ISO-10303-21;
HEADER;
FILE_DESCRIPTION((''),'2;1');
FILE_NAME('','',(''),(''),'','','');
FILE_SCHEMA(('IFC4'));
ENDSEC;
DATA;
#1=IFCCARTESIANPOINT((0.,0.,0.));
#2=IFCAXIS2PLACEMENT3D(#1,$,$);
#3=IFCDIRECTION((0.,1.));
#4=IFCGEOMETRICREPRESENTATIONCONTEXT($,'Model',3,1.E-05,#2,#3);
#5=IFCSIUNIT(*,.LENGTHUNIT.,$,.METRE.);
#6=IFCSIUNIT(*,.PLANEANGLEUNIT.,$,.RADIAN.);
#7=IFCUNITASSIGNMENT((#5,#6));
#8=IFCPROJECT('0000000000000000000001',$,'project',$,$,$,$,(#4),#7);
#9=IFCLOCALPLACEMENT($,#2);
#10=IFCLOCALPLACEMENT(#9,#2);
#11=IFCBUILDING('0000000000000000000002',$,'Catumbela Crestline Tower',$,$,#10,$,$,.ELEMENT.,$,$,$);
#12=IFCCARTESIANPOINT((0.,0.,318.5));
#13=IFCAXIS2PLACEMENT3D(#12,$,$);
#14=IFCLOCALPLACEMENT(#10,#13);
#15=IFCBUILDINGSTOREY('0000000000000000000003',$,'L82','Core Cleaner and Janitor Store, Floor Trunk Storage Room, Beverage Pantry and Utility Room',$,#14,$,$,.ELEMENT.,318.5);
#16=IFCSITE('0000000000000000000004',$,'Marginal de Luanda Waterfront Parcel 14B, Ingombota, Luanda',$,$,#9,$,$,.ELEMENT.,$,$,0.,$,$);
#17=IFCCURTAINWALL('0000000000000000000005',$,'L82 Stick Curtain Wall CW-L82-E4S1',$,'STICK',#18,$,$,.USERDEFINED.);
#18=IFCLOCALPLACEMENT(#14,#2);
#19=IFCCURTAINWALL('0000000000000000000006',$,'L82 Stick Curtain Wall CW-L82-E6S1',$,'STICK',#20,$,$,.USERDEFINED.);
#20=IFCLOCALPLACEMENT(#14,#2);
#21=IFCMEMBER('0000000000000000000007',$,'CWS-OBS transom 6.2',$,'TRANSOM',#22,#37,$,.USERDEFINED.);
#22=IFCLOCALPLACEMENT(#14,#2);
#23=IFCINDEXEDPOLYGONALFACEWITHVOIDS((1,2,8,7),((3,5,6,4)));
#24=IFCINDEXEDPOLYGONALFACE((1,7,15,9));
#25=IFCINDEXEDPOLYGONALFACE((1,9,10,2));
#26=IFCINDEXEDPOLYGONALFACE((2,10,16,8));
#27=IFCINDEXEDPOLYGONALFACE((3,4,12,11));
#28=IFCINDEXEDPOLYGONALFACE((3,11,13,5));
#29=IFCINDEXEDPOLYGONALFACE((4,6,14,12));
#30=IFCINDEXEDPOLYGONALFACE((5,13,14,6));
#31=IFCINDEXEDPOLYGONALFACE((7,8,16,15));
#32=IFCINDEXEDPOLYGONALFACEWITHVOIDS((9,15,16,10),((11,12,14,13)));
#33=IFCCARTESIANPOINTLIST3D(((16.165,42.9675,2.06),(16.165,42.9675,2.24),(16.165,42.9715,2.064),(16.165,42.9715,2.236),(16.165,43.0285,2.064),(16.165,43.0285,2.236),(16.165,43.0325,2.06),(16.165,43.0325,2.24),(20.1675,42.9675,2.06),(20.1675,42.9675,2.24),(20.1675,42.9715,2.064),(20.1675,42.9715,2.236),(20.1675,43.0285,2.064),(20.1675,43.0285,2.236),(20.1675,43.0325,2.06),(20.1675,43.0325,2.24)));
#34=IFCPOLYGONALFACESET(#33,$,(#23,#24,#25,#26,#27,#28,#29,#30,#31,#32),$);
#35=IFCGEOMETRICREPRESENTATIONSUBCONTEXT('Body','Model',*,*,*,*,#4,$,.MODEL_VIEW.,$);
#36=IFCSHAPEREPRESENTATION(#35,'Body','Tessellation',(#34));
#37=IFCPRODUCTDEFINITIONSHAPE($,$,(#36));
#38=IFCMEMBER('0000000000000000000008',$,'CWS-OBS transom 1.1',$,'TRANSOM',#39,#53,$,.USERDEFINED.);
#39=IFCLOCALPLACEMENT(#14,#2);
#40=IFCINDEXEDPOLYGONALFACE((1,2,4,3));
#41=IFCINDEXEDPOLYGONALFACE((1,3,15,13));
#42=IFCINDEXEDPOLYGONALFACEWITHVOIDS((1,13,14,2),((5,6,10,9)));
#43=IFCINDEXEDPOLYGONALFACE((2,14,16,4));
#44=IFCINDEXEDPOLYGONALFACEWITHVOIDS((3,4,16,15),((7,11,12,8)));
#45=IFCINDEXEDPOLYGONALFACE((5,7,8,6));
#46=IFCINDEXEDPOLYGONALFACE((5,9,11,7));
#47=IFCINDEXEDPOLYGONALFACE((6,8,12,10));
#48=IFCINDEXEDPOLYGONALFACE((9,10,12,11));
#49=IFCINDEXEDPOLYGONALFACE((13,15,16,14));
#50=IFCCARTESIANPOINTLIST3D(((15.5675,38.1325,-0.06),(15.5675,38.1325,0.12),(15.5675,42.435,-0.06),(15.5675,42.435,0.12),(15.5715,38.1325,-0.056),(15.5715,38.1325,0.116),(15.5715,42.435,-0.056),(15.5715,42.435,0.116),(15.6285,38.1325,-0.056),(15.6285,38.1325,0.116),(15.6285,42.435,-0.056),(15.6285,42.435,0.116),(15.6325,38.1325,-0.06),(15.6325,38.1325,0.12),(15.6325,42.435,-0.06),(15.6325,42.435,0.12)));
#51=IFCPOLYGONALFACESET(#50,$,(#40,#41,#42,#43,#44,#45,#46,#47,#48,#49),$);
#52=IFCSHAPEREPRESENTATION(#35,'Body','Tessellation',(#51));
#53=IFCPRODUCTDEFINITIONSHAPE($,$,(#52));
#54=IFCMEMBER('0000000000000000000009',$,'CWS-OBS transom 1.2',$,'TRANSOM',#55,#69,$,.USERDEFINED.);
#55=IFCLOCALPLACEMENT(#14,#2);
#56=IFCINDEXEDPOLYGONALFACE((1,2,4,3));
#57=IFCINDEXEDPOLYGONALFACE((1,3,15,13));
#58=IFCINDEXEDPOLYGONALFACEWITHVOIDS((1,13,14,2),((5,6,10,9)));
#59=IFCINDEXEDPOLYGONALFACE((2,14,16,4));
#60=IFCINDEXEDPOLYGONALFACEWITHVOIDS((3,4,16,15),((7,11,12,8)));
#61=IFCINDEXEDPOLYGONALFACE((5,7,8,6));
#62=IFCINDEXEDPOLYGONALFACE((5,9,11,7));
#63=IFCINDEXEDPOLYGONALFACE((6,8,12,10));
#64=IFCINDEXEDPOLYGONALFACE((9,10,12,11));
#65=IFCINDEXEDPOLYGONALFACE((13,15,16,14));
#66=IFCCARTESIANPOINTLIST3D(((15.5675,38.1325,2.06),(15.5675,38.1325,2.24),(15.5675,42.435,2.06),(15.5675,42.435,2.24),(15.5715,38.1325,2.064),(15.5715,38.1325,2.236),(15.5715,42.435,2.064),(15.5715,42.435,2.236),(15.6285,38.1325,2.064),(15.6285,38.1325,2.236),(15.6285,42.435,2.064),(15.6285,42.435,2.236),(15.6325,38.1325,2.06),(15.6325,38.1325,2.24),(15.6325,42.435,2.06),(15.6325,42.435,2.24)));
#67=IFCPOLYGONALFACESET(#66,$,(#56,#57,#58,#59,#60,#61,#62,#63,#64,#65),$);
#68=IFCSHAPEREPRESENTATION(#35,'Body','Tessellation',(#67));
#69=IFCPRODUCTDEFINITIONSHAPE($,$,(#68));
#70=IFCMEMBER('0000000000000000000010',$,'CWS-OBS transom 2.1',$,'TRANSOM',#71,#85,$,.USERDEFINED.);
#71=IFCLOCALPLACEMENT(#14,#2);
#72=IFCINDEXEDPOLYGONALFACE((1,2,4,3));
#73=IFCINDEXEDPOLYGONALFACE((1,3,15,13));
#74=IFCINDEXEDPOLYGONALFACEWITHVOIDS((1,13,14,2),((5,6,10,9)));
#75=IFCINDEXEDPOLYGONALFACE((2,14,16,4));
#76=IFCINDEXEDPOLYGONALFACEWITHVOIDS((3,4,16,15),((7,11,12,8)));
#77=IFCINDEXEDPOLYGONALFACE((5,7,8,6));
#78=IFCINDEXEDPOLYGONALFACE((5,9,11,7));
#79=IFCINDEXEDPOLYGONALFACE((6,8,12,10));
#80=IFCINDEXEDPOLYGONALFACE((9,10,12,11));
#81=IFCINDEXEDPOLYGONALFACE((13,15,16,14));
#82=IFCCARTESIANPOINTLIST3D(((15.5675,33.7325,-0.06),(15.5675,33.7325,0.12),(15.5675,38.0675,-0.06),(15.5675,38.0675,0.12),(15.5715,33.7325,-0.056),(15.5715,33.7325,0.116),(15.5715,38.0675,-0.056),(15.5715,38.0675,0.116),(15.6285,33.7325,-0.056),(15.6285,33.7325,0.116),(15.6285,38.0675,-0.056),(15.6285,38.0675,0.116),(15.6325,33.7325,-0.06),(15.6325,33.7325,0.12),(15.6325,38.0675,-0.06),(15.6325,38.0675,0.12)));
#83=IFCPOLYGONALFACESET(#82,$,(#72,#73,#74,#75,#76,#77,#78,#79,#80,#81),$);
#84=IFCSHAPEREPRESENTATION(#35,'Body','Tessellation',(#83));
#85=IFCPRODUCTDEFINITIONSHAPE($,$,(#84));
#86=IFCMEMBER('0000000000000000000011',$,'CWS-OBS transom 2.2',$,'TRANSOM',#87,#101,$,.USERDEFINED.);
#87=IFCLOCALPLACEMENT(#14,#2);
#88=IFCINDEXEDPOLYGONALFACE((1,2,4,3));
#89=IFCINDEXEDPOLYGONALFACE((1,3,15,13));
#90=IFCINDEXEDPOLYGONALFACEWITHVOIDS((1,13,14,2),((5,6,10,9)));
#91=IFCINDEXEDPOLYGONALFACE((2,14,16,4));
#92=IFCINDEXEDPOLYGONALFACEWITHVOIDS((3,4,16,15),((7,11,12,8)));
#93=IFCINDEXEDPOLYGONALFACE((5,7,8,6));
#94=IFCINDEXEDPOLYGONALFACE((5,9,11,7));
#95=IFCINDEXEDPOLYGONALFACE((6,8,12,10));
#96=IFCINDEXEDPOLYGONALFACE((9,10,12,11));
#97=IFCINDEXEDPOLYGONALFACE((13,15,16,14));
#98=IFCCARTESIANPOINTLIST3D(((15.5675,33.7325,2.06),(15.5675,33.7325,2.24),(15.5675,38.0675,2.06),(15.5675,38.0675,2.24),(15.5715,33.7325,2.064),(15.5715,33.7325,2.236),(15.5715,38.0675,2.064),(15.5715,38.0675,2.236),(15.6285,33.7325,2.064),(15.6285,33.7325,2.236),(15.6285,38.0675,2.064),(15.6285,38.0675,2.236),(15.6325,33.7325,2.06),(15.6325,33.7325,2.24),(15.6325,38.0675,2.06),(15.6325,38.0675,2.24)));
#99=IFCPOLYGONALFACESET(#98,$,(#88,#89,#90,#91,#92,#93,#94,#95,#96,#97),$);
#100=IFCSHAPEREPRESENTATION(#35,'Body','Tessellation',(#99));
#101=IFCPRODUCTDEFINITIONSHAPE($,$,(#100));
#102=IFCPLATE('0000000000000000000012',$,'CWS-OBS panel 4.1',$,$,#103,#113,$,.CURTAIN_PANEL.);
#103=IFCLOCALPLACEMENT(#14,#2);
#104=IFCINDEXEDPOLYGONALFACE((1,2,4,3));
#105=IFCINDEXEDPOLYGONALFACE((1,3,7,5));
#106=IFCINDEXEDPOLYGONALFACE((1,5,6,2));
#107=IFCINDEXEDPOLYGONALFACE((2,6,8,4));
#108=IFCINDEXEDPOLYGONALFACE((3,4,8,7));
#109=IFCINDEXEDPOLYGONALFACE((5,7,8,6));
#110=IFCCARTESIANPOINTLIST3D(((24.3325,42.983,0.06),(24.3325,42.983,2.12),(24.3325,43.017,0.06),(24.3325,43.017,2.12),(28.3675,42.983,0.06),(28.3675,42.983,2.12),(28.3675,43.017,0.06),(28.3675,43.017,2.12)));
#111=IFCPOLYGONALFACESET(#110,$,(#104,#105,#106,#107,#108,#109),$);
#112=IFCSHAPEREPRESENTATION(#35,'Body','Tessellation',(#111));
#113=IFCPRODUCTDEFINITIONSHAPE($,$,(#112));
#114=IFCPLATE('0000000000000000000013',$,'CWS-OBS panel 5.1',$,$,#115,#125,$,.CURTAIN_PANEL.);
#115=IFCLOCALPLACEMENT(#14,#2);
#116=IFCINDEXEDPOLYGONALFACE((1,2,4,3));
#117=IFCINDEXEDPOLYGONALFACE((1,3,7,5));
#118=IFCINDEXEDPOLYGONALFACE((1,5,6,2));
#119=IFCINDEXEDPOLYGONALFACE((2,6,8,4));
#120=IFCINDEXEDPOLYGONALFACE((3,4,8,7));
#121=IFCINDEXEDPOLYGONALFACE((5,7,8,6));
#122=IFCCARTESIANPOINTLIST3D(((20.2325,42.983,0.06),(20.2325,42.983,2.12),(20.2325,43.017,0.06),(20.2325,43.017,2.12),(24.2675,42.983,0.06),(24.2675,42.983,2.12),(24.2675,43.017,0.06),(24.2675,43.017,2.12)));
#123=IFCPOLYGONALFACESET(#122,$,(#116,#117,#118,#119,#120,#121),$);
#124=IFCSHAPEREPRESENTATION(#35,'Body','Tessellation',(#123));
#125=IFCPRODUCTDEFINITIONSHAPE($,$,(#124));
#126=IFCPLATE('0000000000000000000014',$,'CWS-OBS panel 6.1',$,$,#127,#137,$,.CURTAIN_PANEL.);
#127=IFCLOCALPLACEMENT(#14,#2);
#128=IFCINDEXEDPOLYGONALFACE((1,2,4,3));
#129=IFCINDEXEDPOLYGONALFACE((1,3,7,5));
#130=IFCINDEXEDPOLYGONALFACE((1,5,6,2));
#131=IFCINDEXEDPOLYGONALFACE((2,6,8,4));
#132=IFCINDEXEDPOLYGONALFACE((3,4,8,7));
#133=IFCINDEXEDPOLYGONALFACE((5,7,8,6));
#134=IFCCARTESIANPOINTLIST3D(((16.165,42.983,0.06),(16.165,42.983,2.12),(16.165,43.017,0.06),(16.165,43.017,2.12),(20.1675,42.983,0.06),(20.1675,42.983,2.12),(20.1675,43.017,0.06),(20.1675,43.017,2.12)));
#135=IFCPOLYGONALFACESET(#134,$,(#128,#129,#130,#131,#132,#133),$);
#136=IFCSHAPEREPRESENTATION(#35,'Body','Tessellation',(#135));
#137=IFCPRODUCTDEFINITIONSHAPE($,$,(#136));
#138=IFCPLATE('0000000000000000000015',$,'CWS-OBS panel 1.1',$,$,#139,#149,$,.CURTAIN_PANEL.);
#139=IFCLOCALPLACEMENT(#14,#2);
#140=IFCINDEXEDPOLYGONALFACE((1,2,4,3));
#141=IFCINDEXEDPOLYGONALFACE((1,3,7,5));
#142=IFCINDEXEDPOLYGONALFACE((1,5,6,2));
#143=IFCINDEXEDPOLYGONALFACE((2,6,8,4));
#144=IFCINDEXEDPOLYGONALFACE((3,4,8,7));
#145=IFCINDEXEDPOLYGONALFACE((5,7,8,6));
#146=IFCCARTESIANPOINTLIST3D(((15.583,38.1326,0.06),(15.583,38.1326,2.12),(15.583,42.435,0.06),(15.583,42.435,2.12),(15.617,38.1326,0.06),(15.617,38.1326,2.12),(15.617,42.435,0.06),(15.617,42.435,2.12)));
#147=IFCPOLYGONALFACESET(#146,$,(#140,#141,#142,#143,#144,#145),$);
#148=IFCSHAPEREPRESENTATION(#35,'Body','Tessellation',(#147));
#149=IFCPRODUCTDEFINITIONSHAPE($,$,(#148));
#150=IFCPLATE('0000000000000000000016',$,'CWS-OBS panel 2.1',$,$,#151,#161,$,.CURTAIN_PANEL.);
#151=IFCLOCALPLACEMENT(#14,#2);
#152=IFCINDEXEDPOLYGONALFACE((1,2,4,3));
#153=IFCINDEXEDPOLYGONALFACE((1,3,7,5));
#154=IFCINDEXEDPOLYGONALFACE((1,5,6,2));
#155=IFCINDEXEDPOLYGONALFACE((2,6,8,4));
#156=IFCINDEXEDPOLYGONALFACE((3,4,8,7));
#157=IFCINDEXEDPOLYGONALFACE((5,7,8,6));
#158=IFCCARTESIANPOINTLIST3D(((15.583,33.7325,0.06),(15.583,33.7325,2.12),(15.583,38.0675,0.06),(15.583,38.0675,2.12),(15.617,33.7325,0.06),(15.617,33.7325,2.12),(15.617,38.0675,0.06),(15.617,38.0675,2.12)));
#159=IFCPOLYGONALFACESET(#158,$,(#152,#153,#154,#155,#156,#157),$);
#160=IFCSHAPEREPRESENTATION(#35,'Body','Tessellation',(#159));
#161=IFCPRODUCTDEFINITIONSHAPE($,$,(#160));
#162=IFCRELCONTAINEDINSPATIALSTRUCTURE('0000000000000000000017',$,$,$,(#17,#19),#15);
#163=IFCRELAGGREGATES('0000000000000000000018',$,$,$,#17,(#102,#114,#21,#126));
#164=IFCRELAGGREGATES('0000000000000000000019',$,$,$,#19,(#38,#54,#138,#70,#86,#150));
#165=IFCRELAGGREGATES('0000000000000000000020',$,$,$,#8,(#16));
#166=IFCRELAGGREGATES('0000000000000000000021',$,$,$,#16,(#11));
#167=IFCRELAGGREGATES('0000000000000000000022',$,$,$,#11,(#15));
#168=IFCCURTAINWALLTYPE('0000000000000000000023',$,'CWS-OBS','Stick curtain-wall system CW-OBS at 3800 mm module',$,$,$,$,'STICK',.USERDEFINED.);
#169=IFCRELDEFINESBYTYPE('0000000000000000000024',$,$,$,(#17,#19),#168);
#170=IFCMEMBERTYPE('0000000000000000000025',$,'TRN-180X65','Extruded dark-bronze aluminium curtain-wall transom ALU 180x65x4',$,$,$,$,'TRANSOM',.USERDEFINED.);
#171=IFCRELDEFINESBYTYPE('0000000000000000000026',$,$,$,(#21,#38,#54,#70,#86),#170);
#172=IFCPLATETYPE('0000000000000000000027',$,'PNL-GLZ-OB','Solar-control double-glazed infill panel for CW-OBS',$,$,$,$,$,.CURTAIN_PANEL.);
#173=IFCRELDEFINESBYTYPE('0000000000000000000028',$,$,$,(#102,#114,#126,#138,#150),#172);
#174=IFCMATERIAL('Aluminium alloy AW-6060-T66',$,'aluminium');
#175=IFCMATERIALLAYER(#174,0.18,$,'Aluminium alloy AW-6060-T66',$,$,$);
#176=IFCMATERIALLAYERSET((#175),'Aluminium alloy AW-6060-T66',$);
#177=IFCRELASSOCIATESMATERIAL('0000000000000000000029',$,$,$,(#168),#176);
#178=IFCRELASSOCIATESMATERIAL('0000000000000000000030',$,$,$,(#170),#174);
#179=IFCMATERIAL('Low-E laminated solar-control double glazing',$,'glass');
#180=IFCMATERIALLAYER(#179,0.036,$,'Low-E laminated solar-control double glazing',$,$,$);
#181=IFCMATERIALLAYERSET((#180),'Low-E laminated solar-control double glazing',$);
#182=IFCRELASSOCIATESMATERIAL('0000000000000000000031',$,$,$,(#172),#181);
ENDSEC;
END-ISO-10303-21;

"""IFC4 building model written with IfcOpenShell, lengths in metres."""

from ifc_helpers import new_model, si_unit, direction, frame, origin, origin_2d, place, context, subcontext, project, spatial, rectangle, hollow_rectangle, extrude, material, layer, layer_set, material_profile, profile_set, type_object, element, aggregate, save


model = new_model("IFC4")

# Units and contexts
model_context = context("Model", 3, precision=1e-05, world=origin(), true_north=direction((0.0, 1.0)))
body_context = subcontext(model_context, "Body", "Model", "MODEL_VIEW")
ifc_project = project(units=[si_unit("LENGTHUNIT", "METRE"), si_unit("PLANEANGLEUNIT", "RADIAN")], contexts=[model_context])

# Site, building, storey
site_placement = place(None, origin())
site = spatial("IfcSite", under=ifc_project, at=site_placement, Name="Marginal de Luanda Waterfront Parcel 14B, Ingombota, Luanda", CompositionType="ELEMENT", RefElevation=0.0)
building_placement = place(site_placement, origin())
building = spatial("IfcBuilding", under=site, at=building_placement, Name="Catumbela Crestline Tower", CompositionType="ELEMENT")
storey_placement = place(building_placement, frame((0.0, 0.0, 318.5)))
storey = spatial("IfcBuildingStorey", under=building, at=storey_placement, Name="L82", Description="Core Cleaner and Janitor Store, Floor Trunk Storage Room, Beverage Pantry and Utility Room", CompositionType="ELEMENT", Elevation=318.5)

# Curtain walls
ifc_material_1 = material(Name="Aluminium alloy AW-6060-T66", Category="aluminium")
ifc_layer_1 = layer(ifc_material_1, 0.18, Name="Aluminium alloy AW-6060-T66")
ifc_layer_set_1 = layer_set([ifc_layer_1], Name="Aluminium alloy AW-6060-T66")
curtain_wall_type = type_object("IfcCurtainWallType", Name="CWS-OBS", Description="Stick curtain-wall system CW-OBS at 3800 mm module", ElementType="STICK", PredefinedType="USERDEFINED", material=ifc_layer_set_1)
curtain_wall_1_placement = place(storey_placement, origin())
curtain_wall_1 = element("IfcCurtainWall", 1, at=curtain_wall_1_placement, inside=storey, type_object=curtain_wall_type, Name="L82 Stick Curtain Wall CW-L82-E4S1", ObjectType="STICK", PredefinedType="USERDEFINED")
curtain_wall_2_placement = place(storey_placement, origin())
curtain_wall_2 = element("IfcCurtainWall", 2, at=curtain_wall_2_placement, inside=storey, type_object=curtain_wall_type, Name="L82 Stick Curtain Wall CW-L82-E6S1", ObjectType="STICK", PredefinedType="USERDEFINED")

# Members
ifc_material_profile_1 = material_profile(ifc_material_1, hollow_rectangle(XDim=0.065, YDim=0.18, WallThickness=0.004, at=origin_2d()), Name="ALU 180x65x4")
ifc_profile_set_1 = profile_set([ifc_material_profile_1], Name="Aluminium alloy AW-6060-T66")
member_type_1 = type_object("IfcMemberType", Name="TRN-180X65", Description="Extruded dark-bronze aluminium curtain-wall transom ALU 180x65x4", ElementType="TRANSOM", PredefinedType="USERDEFINED", material=ifc_profile_set_1)
member_1_placement = place(storey_placement, frame((20.1675, 43.0, 2.15), z_axis=(-1.0, 0.0, 0.0), x_axis=(0.0, -1.0, 0.0)))
member_1 = element("IfcMember", 3, at=member_1_placement, type_object=member_type_1, Name="CWS-OBS transom 6.2", ObjectType="TRANSOM", PredefinedType="USERDEFINED", context=body_context, shape_type="SweptSolid", body=[
    extrude(hollow_rectangle(XDim=0.065, YDim=0.18, WallThickness=0.004, at=origin_2d()), origin(), (0.0, 0.0, 1.0), 4.0025),
])
member_2_placement = place(storey_placement, frame((15.6, 42.435, 0.03), z_axis=(0.0, -1.0, 0.0), x_axis=(1.0, 0.0, 0.0)))
member_2 = element("IfcMember", 4, at=member_2_placement, type_object=member_type_1, Name="CWS-OBS transom 1.1", ObjectType="TRANSOM", PredefinedType="USERDEFINED", context=body_context, shape_type="SweptSolid", body=[
    extrude(hollow_rectangle(XDim=0.065, YDim=0.18, WallThickness=0.004, at=origin_2d()), origin(), (0.0, 0.0, 1.0), 4.3025),
])
member_3_placement = place(storey_placement, frame((15.6, 42.435, 2.15), z_axis=(0.0, -1.0, 0.0), x_axis=(1.0, 0.0, 0.0)))
member_3 = element("IfcMember", 5, at=member_3_placement, type_object=member_type_1, Name="CWS-OBS transom 1.2", ObjectType="TRANSOM", PredefinedType="USERDEFINED", context=body_context, shape_type="SweptSolid", body=[
    extrude(hollow_rectangle(XDim=0.065, YDim=0.18, WallThickness=0.004, at=origin_2d()), origin(), (0.0, 0.0, 1.0), 4.3025),
])
member_4_placement = place(storey_placement, frame((15.6, 38.0675, 0.03), z_axis=(0.0, -1.0, 0.0), x_axis=(1.0, 0.0, 0.0)))
member_4 = element("IfcMember", 6, at=member_4_placement, type_object=member_type_1, Name="CWS-OBS transom 2.1", ObjectType="TRANSOM", PredefinedType="USERDEFINED", context=body_context, shape_type="SweptSolid", body=[
    extrude(hollow_rectangle(XDim=0.065, YDim=0.18, WallThickness=0.004, at=origin_2d()), origin(), (0.0, 0.0, 1.0), 4.335),
])
member_5_placement = place(storey_placement, frame((15.6, 38.0675, 2.15), z_axis=(0.0, -1.0, 0.0), x_axis=(1.0, 0.0, 0.0)))
member_5 = element("IfcMember", 7, at=member_5_placement, type_object=member_type_1, Name="CWS-OBS transom 2.2", ObjectType="TRANSOM", PredefinedType="USERDEFINED", context=body_context, shape_type="SweptSolid", body=[
    extrude(hollow_rectangle(XDim=0.065, YDim=0.18, WallThickness=0.004, at=origin_2d()), origin(), (0.0, 0.0, 1.0), 4.335),
])

# Plates
ifc_material_2 = material(Name="Low-E laminated solar-control double glazing", Category="glass")
ifc_layer_2 = layer(ifc_material_2, 0.036, Name="Low-E laminated solar-control double glazing")
ifc_layer_set_2 = layer_set([ifc_layer_2], Name="Low-E laminated solar-control double glazing")
plate_type = type_object("IfcPlateType", Name="PNL-GLZ-OB", Description="Solar-control double-glazed infill panel for CW-OBS", PredefinedType="CURTAIN_PANEL", material=ifc_layer_set_2)
plate_1_placement = place(storey_placement, frame((26.35, 43.0, 0.06), z_axis=(0.0, 0.0, 1.0), x_axis=(-1.0, 0.0, 0.0)))
plate_1 = element("IfcPlate", 8, at=plate_1_placement, type_object=plate_type, Name="CWS-OBS panel 4.1", PredefinedType="CURTAIN_PANEL", context=body_context, shape_type="SweptSolid", body=[
    extrude(rectangle(XDim=4.035, YDim=0.034, at=origin_2d()), origin(), (0.0, 0.0, 1.0), 2.06),
])
plate_2_placement = place(storey_placement, frame((22.25, 43.0, 0.06), z_axis=(0.0, 0.0, 1.0), x_axis=(-1.0, 0.0, 0.0)))
plate_2 = element("IfcPlate", 9, at=plate_2_placement, type_object=plate_type, Name="CWS-OBS panel 5.1", PredefinedType="CURTAIN_PANEL", context=body_context, shape_type="SweptSolid", body=[
    extrude(rectangle(XDim=4.035, YDim=0.034, at=origin_2d()), origin(), (0.0, 0.0, 1.0), 2.06),
])
plate_3_placement = place(storey_placement, frame((18.1663, 43.0, 0.06), z_axis=(0.0, 0.0, 1.0), x_axis=(-1.0, 0.0, 0.0)))
plate_3 = element("IfcPlate", 10, at=plate_3_placement, type_object=plate_type, Name="CWS-OBS panel 6.1", PredefinedType="CURTAIN_PANEL", context=body_context, shape_type="SweptSolid", body=[
    extrude(rectangle(XDim=4.0025, YDim=0.034, at=origin_2d()), origin(), (0.0, 0.0, 1.0), 2.06),
])
aggregate(curtain_wall_1, [plate_1, plate_2, member_1, plate_3])
plate_4_placement = place(storey_placement, frame((15.6, 40.2838, 0.06), z_axis=(0.0, 0.0, 1.0), x_axis=(0.0, -1.0, 0.0)))
plate_4 = element("IfcPlate", 11, at=plate_4_placement, type_object=plate_type, Name="CWS-OBS panel 1.1", PredefinedType="CURTAIN_PANEL", context=body_context, shape_type="SweptSolid", body=[
    extrude(rectangle(XDim=4.3025, YDim=0.034, at=origin_2d()), origin(), (0.0, 0.0, 1.0), 2.06),
])
plate_5_placement = place(storey_placement, frame((15.6, 35.9, 0.06), z_axis=(0.0, 0.0, 1.0), x_axis=(0.0, -1.0, 0.0)))
plate_5 = element("IfcPlate", 12, at=plate_5_placement, type_object=plate_type, Name="CWS-OBS panel 2.1", PredefinedType="CURTAIN_PANEL", context=body_context, shape_type="SweptSolid", body=[
    extrude(rectangle(XDim=4.335, YDim=0.034, at=origin_2d()), origin(), (0.0, 0.0, 1.0), 2.06),
])
aggregate(curtain_wall_2, [member_2, member_3, plate_4, member_4, member_5, plate_5])

save(model, "model.ifc")
